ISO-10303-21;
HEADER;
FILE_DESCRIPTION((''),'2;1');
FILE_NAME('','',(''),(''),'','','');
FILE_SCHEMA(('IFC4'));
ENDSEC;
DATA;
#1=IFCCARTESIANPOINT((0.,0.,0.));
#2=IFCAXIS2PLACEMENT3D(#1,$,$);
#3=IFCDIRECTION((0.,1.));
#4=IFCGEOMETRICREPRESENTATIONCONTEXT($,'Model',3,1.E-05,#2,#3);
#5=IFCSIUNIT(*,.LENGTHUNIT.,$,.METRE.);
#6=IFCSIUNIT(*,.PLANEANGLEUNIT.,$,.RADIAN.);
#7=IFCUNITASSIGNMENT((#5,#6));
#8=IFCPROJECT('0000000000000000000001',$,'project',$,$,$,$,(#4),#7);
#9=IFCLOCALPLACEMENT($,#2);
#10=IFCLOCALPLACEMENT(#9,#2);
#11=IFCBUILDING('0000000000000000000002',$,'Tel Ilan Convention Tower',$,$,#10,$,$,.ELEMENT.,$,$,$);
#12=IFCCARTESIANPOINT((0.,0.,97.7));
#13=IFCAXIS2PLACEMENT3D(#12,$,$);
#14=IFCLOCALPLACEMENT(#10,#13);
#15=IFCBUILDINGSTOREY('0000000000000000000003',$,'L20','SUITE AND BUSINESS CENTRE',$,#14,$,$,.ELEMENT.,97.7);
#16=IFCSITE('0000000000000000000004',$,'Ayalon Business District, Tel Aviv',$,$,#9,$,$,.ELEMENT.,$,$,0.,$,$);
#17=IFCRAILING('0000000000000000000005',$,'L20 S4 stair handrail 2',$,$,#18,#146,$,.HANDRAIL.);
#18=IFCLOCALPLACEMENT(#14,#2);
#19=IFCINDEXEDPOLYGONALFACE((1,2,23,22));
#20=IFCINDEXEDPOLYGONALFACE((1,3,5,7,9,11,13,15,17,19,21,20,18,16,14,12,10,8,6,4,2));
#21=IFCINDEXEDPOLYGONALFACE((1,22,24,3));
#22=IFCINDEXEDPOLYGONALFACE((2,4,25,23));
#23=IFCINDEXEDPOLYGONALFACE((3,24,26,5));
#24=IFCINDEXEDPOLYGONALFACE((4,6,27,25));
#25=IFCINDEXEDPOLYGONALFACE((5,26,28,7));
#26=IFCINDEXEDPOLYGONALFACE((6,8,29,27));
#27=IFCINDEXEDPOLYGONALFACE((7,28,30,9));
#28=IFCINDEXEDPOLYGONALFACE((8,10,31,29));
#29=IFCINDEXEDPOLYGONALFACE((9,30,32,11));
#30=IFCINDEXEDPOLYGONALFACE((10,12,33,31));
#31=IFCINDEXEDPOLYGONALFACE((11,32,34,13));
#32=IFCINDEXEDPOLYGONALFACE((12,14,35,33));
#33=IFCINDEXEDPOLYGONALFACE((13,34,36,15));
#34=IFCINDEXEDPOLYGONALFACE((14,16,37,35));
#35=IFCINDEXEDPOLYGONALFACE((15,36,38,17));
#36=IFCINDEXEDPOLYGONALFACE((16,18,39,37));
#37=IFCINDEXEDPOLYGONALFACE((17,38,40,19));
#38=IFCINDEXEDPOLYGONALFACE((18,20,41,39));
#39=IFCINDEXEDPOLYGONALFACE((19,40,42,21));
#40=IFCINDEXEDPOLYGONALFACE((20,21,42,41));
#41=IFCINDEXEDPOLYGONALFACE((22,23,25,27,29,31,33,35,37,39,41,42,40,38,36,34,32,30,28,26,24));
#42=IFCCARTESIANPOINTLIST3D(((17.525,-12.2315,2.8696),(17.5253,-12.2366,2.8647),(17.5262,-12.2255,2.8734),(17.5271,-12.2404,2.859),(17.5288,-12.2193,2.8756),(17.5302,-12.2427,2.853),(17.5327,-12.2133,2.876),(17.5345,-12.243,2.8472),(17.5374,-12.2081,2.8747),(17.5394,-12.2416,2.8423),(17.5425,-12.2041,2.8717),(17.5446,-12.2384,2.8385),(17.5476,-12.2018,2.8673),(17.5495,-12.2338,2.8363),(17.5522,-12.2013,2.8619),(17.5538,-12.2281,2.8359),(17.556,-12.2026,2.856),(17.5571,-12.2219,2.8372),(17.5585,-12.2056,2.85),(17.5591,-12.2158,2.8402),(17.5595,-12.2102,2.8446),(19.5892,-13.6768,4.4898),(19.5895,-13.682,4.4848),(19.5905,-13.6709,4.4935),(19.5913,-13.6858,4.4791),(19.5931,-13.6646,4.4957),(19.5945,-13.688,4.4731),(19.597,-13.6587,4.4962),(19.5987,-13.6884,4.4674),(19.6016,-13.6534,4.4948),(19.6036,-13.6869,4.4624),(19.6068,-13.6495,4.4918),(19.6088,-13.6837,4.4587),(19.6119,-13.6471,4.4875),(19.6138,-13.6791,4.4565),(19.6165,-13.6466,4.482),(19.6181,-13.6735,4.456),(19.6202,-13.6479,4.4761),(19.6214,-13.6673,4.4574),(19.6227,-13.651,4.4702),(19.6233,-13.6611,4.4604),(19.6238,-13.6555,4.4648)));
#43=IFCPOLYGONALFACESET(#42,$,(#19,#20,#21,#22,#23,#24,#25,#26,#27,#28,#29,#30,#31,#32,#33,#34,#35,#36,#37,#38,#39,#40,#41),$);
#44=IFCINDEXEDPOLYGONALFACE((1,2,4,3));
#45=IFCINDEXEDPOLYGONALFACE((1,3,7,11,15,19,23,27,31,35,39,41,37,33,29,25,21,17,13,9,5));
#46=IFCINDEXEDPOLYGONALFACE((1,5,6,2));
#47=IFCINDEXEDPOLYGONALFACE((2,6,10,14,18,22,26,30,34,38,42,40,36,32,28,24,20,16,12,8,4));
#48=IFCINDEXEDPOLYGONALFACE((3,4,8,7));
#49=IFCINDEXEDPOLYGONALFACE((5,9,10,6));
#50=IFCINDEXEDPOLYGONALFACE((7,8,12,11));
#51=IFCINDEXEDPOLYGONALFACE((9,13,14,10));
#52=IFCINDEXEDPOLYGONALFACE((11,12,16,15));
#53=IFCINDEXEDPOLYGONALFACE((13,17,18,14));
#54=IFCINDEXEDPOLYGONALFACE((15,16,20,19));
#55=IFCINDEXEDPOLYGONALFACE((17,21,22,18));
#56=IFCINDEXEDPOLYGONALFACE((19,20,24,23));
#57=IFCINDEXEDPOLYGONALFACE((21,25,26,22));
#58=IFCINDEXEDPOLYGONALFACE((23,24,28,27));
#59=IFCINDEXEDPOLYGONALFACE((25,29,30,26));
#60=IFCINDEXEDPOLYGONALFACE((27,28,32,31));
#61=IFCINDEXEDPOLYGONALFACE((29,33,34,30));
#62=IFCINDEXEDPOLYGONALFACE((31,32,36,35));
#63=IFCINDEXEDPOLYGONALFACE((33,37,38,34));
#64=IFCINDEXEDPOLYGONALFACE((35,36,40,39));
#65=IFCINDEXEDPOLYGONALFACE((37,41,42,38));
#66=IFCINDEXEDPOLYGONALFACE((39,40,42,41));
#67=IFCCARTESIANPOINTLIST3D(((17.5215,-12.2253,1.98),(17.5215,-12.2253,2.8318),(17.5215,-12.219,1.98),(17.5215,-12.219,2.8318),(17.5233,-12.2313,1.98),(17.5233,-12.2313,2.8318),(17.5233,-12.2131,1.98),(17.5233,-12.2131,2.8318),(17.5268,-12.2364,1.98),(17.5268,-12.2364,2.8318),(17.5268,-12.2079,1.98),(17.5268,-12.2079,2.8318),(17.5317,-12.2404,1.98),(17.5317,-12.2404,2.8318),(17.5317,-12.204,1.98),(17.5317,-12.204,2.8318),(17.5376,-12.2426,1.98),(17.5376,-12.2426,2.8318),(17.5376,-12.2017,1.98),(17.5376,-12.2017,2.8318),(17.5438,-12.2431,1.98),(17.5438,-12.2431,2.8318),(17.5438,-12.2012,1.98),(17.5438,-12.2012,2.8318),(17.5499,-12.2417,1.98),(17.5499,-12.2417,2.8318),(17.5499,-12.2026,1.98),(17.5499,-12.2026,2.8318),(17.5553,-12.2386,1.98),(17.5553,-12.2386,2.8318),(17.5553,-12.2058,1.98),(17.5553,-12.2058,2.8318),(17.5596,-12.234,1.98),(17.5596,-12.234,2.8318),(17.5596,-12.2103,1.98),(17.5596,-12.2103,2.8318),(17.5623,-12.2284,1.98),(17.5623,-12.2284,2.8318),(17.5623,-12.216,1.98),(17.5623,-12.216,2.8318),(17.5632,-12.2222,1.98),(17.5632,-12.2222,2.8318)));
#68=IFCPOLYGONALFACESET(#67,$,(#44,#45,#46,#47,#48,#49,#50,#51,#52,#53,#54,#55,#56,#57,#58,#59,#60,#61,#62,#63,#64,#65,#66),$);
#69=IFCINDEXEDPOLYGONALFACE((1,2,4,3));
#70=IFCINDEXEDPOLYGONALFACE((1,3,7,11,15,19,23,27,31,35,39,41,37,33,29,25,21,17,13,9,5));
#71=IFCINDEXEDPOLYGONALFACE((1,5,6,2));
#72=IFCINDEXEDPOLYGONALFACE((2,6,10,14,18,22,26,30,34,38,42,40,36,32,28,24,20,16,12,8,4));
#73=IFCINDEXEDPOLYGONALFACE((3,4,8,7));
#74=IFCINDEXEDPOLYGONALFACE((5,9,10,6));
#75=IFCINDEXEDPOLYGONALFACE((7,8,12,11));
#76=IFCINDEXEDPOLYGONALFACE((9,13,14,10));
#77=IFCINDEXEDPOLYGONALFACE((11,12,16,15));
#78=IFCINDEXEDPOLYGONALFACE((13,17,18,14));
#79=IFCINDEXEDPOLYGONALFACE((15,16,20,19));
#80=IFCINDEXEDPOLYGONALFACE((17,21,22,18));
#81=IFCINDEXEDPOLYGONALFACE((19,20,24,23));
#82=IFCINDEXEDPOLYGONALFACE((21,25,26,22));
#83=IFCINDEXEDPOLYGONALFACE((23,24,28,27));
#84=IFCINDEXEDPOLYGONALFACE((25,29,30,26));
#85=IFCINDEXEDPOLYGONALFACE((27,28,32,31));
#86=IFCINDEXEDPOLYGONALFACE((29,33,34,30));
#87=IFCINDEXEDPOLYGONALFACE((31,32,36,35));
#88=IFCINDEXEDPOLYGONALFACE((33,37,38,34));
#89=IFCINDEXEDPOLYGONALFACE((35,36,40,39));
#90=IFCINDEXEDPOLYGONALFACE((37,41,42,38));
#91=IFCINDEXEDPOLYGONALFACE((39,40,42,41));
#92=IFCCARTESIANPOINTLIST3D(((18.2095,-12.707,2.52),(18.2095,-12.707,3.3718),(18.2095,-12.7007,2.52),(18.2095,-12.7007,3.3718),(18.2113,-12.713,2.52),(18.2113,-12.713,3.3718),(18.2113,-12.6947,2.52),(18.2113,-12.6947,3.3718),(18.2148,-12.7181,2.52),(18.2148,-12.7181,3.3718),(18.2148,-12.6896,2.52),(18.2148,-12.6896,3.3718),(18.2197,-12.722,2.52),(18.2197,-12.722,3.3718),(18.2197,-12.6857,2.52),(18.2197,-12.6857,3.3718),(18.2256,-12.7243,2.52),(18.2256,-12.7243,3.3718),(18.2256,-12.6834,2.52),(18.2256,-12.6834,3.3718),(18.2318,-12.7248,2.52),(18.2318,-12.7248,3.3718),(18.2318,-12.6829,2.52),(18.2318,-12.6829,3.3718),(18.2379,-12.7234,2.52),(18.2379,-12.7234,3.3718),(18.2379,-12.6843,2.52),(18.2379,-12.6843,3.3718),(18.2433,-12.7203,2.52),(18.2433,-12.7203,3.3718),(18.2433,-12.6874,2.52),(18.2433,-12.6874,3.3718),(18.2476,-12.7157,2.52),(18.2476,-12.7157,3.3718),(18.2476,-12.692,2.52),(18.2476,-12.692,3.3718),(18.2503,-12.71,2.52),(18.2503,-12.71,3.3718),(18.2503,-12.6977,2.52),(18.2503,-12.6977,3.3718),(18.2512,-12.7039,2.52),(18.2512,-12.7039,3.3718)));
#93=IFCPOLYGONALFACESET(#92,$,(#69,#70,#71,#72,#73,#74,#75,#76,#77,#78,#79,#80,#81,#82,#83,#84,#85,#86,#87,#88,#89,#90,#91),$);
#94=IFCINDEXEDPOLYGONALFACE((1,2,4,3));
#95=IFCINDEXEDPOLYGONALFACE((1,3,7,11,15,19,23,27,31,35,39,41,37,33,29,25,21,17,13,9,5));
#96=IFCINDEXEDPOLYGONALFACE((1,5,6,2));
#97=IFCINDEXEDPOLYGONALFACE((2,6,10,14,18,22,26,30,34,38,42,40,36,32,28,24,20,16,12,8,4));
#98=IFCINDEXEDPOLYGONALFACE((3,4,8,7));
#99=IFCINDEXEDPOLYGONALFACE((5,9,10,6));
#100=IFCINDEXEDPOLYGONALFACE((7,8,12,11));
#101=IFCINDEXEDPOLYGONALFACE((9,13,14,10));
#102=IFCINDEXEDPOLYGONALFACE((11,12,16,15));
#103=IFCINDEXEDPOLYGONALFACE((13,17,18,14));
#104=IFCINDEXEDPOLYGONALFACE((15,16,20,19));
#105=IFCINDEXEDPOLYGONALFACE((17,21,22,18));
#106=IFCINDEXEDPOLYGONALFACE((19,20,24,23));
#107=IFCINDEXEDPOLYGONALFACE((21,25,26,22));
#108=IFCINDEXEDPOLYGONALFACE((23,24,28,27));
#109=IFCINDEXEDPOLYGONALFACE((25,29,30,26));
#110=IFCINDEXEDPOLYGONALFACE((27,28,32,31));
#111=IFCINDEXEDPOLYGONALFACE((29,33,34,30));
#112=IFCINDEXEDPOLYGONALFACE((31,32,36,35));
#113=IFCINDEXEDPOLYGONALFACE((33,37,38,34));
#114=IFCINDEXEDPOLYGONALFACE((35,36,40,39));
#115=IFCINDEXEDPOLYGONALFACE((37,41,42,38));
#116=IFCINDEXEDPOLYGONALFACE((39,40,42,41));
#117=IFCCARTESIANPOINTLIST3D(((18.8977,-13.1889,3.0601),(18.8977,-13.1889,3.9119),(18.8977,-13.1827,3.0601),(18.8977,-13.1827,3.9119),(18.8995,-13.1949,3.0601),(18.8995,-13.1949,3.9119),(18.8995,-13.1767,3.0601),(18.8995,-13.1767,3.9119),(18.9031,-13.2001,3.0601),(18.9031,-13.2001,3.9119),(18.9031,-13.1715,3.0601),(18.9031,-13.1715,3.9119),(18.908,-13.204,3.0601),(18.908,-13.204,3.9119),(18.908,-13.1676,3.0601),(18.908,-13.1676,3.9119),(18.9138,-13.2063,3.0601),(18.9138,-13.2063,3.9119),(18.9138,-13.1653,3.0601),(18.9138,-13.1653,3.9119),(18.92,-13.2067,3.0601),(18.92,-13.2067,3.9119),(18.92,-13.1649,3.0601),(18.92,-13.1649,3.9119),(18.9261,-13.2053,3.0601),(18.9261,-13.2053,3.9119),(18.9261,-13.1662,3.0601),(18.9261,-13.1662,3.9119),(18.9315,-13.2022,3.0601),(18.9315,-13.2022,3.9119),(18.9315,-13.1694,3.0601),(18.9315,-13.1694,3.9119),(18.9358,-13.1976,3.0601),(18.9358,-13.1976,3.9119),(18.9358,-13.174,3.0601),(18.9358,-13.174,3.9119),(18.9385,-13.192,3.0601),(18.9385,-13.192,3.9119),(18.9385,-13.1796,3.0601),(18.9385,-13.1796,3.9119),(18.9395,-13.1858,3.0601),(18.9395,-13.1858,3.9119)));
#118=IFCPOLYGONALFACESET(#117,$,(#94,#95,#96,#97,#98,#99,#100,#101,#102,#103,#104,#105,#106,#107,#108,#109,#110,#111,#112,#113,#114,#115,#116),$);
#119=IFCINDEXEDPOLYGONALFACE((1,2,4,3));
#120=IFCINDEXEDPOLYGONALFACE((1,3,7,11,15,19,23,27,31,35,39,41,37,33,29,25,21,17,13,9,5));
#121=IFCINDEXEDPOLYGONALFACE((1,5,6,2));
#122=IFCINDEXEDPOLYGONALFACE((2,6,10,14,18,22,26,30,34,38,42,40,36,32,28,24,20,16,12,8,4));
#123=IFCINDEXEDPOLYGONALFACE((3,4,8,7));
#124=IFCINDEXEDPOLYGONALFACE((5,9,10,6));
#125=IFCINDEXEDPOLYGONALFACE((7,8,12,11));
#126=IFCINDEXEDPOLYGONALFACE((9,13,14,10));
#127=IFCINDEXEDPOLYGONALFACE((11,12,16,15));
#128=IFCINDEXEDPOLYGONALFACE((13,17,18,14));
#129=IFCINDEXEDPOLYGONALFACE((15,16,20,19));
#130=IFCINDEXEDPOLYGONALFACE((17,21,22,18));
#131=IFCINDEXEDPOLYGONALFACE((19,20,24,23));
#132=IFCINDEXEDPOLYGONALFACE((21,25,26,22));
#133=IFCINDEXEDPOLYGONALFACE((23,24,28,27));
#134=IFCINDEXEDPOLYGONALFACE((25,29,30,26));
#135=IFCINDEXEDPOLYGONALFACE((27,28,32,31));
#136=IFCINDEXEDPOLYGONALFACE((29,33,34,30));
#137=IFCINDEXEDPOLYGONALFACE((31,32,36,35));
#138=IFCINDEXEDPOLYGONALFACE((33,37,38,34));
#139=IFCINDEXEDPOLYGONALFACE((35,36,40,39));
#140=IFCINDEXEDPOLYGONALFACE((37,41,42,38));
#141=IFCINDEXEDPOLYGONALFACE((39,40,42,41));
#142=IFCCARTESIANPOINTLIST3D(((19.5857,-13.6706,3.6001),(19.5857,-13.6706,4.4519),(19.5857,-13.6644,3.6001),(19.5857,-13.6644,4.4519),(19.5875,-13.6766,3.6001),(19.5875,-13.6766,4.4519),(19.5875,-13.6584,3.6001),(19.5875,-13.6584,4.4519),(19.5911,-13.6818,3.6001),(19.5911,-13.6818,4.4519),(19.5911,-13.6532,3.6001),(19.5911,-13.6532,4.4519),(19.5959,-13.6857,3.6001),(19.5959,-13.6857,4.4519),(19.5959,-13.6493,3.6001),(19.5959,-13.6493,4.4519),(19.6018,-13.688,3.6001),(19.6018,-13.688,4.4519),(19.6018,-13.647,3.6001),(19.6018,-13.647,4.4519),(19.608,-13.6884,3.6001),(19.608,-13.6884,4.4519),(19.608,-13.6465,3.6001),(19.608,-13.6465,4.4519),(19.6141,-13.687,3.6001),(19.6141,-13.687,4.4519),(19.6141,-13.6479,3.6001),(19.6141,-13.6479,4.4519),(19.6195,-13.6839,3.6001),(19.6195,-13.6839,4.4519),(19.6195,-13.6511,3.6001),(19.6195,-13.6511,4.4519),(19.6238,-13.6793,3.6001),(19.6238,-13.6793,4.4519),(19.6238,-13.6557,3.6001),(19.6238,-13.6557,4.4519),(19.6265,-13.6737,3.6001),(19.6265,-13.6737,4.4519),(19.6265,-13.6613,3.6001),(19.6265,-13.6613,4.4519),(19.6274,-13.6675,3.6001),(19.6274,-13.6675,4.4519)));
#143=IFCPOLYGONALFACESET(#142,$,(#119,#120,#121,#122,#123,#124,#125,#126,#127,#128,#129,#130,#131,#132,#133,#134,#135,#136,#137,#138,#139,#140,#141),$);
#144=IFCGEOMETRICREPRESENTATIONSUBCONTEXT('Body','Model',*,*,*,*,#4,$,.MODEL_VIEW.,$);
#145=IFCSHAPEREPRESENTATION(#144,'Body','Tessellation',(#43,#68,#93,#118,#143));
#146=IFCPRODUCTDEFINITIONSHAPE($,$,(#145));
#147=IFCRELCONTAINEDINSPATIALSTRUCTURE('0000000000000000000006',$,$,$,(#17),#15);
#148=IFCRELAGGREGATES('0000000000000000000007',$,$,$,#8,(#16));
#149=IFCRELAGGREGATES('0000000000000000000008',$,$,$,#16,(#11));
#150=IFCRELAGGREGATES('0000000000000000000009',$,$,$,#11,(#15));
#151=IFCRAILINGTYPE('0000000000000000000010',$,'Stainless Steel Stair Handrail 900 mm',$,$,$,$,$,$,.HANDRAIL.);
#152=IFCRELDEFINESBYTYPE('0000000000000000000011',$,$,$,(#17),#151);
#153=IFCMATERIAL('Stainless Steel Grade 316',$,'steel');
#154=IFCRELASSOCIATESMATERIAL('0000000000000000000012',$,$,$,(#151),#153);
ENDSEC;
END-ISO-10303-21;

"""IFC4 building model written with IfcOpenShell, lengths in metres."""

from ifc_helpers import new_model, si_unit, direction, frame, origin, origin_2d, place, context, subcontext, project, spatial, circle, extrude, material, type_object, element, save


model = new_model("IFC4")

# Units and contexts
model_context = context("Model", 3, precision=1e-05, world=origin(), true_north=direction((0.0, 1.0)))
body_context = subcontext(model_context, "Body", "Model", "MODEL_VIEW")
ifc_project = project(units=[si_unit("LENGTHUNIT", "METRE"), si_unit("PLANEANGLEUNIT", "RADIAN")], contexts=[model_context])

# Site, building, storey
site_placement = place(None, origin())
site = spatial("IfcSite", under=ifc_project, at=site_placement, Name="Ayalon Business District, Tel Aviv", CompositionType="ELEMENT", RefElevation=0.0)
building_placement = place(site_placement, origin())
building = spatial("IfcBuilding", under=site, at=building_placement, Name="Tel Ilan Convention Tower", CompositionType="ELEMENT")
storey_placement = place(building_placement, frame((0.0, 0.0, 97.7)))
storey = spatial("IfcBuildingStorey", under=building, at=storey_placement, Name="L20", Description="SUITE AND BUSINESS CENTRE", CompositionType="ELEMENT", Elevation=97.7)

# Railing
ifc_material_1 = material(Name="Stainless Steel Grade 316", Category="steel")
railing_type_1 = type_object("IfcRailingType", Name="Stainless Steel Stair Handrail 900 mm", PredefinedType="HANDRAIL", material=ifc_material_1)
railing_1_placement = place(storey_placement, frame((17.5422, -12.2222, 1.98)))
element("IfcRailing", 1, at=railing_1_placement, inside=storey, type_object=railing_type_1, Name="L20 S4 stair handrail 2", PredefinedType="HANDRAIL", context=body_context, shape_type="SweptSolid", body=[
    extrude(circle(Radius=0.0239, at=origin_2d()), frame((0.0, 0.0, 0.876), z_axis=(0.68904, -0.48245, 0.540801), x_axis=(0.57356, 0.819164, 0.0)), (0.0, 0.0, 1.0), 2.9958),
    extrude(circle(Radius=0.021, at=origin_2d()), origin(), (0.0, 0.0, 1.0), 0.8518),
    extrude(circle(Radius=0.021, at=origin_2d()), frame((0.688, -0.4817, 0.54)), (0.0, 0.0, 1.0), 0.8518),
    extrude(circle(Radius=0.021, at=origin_2d()), frame((1.3762, -0.9636, 1.0801)), (0.0, 0.0, 1.0), 0.8518),
    extrude(circle(Radius=0.021, at=origin_2d()), frame((2.0642, -1.4453, 1.6201)), (0.0, 0.0, 1.0), 0.8518),
])

save(model, "model.ifc")
